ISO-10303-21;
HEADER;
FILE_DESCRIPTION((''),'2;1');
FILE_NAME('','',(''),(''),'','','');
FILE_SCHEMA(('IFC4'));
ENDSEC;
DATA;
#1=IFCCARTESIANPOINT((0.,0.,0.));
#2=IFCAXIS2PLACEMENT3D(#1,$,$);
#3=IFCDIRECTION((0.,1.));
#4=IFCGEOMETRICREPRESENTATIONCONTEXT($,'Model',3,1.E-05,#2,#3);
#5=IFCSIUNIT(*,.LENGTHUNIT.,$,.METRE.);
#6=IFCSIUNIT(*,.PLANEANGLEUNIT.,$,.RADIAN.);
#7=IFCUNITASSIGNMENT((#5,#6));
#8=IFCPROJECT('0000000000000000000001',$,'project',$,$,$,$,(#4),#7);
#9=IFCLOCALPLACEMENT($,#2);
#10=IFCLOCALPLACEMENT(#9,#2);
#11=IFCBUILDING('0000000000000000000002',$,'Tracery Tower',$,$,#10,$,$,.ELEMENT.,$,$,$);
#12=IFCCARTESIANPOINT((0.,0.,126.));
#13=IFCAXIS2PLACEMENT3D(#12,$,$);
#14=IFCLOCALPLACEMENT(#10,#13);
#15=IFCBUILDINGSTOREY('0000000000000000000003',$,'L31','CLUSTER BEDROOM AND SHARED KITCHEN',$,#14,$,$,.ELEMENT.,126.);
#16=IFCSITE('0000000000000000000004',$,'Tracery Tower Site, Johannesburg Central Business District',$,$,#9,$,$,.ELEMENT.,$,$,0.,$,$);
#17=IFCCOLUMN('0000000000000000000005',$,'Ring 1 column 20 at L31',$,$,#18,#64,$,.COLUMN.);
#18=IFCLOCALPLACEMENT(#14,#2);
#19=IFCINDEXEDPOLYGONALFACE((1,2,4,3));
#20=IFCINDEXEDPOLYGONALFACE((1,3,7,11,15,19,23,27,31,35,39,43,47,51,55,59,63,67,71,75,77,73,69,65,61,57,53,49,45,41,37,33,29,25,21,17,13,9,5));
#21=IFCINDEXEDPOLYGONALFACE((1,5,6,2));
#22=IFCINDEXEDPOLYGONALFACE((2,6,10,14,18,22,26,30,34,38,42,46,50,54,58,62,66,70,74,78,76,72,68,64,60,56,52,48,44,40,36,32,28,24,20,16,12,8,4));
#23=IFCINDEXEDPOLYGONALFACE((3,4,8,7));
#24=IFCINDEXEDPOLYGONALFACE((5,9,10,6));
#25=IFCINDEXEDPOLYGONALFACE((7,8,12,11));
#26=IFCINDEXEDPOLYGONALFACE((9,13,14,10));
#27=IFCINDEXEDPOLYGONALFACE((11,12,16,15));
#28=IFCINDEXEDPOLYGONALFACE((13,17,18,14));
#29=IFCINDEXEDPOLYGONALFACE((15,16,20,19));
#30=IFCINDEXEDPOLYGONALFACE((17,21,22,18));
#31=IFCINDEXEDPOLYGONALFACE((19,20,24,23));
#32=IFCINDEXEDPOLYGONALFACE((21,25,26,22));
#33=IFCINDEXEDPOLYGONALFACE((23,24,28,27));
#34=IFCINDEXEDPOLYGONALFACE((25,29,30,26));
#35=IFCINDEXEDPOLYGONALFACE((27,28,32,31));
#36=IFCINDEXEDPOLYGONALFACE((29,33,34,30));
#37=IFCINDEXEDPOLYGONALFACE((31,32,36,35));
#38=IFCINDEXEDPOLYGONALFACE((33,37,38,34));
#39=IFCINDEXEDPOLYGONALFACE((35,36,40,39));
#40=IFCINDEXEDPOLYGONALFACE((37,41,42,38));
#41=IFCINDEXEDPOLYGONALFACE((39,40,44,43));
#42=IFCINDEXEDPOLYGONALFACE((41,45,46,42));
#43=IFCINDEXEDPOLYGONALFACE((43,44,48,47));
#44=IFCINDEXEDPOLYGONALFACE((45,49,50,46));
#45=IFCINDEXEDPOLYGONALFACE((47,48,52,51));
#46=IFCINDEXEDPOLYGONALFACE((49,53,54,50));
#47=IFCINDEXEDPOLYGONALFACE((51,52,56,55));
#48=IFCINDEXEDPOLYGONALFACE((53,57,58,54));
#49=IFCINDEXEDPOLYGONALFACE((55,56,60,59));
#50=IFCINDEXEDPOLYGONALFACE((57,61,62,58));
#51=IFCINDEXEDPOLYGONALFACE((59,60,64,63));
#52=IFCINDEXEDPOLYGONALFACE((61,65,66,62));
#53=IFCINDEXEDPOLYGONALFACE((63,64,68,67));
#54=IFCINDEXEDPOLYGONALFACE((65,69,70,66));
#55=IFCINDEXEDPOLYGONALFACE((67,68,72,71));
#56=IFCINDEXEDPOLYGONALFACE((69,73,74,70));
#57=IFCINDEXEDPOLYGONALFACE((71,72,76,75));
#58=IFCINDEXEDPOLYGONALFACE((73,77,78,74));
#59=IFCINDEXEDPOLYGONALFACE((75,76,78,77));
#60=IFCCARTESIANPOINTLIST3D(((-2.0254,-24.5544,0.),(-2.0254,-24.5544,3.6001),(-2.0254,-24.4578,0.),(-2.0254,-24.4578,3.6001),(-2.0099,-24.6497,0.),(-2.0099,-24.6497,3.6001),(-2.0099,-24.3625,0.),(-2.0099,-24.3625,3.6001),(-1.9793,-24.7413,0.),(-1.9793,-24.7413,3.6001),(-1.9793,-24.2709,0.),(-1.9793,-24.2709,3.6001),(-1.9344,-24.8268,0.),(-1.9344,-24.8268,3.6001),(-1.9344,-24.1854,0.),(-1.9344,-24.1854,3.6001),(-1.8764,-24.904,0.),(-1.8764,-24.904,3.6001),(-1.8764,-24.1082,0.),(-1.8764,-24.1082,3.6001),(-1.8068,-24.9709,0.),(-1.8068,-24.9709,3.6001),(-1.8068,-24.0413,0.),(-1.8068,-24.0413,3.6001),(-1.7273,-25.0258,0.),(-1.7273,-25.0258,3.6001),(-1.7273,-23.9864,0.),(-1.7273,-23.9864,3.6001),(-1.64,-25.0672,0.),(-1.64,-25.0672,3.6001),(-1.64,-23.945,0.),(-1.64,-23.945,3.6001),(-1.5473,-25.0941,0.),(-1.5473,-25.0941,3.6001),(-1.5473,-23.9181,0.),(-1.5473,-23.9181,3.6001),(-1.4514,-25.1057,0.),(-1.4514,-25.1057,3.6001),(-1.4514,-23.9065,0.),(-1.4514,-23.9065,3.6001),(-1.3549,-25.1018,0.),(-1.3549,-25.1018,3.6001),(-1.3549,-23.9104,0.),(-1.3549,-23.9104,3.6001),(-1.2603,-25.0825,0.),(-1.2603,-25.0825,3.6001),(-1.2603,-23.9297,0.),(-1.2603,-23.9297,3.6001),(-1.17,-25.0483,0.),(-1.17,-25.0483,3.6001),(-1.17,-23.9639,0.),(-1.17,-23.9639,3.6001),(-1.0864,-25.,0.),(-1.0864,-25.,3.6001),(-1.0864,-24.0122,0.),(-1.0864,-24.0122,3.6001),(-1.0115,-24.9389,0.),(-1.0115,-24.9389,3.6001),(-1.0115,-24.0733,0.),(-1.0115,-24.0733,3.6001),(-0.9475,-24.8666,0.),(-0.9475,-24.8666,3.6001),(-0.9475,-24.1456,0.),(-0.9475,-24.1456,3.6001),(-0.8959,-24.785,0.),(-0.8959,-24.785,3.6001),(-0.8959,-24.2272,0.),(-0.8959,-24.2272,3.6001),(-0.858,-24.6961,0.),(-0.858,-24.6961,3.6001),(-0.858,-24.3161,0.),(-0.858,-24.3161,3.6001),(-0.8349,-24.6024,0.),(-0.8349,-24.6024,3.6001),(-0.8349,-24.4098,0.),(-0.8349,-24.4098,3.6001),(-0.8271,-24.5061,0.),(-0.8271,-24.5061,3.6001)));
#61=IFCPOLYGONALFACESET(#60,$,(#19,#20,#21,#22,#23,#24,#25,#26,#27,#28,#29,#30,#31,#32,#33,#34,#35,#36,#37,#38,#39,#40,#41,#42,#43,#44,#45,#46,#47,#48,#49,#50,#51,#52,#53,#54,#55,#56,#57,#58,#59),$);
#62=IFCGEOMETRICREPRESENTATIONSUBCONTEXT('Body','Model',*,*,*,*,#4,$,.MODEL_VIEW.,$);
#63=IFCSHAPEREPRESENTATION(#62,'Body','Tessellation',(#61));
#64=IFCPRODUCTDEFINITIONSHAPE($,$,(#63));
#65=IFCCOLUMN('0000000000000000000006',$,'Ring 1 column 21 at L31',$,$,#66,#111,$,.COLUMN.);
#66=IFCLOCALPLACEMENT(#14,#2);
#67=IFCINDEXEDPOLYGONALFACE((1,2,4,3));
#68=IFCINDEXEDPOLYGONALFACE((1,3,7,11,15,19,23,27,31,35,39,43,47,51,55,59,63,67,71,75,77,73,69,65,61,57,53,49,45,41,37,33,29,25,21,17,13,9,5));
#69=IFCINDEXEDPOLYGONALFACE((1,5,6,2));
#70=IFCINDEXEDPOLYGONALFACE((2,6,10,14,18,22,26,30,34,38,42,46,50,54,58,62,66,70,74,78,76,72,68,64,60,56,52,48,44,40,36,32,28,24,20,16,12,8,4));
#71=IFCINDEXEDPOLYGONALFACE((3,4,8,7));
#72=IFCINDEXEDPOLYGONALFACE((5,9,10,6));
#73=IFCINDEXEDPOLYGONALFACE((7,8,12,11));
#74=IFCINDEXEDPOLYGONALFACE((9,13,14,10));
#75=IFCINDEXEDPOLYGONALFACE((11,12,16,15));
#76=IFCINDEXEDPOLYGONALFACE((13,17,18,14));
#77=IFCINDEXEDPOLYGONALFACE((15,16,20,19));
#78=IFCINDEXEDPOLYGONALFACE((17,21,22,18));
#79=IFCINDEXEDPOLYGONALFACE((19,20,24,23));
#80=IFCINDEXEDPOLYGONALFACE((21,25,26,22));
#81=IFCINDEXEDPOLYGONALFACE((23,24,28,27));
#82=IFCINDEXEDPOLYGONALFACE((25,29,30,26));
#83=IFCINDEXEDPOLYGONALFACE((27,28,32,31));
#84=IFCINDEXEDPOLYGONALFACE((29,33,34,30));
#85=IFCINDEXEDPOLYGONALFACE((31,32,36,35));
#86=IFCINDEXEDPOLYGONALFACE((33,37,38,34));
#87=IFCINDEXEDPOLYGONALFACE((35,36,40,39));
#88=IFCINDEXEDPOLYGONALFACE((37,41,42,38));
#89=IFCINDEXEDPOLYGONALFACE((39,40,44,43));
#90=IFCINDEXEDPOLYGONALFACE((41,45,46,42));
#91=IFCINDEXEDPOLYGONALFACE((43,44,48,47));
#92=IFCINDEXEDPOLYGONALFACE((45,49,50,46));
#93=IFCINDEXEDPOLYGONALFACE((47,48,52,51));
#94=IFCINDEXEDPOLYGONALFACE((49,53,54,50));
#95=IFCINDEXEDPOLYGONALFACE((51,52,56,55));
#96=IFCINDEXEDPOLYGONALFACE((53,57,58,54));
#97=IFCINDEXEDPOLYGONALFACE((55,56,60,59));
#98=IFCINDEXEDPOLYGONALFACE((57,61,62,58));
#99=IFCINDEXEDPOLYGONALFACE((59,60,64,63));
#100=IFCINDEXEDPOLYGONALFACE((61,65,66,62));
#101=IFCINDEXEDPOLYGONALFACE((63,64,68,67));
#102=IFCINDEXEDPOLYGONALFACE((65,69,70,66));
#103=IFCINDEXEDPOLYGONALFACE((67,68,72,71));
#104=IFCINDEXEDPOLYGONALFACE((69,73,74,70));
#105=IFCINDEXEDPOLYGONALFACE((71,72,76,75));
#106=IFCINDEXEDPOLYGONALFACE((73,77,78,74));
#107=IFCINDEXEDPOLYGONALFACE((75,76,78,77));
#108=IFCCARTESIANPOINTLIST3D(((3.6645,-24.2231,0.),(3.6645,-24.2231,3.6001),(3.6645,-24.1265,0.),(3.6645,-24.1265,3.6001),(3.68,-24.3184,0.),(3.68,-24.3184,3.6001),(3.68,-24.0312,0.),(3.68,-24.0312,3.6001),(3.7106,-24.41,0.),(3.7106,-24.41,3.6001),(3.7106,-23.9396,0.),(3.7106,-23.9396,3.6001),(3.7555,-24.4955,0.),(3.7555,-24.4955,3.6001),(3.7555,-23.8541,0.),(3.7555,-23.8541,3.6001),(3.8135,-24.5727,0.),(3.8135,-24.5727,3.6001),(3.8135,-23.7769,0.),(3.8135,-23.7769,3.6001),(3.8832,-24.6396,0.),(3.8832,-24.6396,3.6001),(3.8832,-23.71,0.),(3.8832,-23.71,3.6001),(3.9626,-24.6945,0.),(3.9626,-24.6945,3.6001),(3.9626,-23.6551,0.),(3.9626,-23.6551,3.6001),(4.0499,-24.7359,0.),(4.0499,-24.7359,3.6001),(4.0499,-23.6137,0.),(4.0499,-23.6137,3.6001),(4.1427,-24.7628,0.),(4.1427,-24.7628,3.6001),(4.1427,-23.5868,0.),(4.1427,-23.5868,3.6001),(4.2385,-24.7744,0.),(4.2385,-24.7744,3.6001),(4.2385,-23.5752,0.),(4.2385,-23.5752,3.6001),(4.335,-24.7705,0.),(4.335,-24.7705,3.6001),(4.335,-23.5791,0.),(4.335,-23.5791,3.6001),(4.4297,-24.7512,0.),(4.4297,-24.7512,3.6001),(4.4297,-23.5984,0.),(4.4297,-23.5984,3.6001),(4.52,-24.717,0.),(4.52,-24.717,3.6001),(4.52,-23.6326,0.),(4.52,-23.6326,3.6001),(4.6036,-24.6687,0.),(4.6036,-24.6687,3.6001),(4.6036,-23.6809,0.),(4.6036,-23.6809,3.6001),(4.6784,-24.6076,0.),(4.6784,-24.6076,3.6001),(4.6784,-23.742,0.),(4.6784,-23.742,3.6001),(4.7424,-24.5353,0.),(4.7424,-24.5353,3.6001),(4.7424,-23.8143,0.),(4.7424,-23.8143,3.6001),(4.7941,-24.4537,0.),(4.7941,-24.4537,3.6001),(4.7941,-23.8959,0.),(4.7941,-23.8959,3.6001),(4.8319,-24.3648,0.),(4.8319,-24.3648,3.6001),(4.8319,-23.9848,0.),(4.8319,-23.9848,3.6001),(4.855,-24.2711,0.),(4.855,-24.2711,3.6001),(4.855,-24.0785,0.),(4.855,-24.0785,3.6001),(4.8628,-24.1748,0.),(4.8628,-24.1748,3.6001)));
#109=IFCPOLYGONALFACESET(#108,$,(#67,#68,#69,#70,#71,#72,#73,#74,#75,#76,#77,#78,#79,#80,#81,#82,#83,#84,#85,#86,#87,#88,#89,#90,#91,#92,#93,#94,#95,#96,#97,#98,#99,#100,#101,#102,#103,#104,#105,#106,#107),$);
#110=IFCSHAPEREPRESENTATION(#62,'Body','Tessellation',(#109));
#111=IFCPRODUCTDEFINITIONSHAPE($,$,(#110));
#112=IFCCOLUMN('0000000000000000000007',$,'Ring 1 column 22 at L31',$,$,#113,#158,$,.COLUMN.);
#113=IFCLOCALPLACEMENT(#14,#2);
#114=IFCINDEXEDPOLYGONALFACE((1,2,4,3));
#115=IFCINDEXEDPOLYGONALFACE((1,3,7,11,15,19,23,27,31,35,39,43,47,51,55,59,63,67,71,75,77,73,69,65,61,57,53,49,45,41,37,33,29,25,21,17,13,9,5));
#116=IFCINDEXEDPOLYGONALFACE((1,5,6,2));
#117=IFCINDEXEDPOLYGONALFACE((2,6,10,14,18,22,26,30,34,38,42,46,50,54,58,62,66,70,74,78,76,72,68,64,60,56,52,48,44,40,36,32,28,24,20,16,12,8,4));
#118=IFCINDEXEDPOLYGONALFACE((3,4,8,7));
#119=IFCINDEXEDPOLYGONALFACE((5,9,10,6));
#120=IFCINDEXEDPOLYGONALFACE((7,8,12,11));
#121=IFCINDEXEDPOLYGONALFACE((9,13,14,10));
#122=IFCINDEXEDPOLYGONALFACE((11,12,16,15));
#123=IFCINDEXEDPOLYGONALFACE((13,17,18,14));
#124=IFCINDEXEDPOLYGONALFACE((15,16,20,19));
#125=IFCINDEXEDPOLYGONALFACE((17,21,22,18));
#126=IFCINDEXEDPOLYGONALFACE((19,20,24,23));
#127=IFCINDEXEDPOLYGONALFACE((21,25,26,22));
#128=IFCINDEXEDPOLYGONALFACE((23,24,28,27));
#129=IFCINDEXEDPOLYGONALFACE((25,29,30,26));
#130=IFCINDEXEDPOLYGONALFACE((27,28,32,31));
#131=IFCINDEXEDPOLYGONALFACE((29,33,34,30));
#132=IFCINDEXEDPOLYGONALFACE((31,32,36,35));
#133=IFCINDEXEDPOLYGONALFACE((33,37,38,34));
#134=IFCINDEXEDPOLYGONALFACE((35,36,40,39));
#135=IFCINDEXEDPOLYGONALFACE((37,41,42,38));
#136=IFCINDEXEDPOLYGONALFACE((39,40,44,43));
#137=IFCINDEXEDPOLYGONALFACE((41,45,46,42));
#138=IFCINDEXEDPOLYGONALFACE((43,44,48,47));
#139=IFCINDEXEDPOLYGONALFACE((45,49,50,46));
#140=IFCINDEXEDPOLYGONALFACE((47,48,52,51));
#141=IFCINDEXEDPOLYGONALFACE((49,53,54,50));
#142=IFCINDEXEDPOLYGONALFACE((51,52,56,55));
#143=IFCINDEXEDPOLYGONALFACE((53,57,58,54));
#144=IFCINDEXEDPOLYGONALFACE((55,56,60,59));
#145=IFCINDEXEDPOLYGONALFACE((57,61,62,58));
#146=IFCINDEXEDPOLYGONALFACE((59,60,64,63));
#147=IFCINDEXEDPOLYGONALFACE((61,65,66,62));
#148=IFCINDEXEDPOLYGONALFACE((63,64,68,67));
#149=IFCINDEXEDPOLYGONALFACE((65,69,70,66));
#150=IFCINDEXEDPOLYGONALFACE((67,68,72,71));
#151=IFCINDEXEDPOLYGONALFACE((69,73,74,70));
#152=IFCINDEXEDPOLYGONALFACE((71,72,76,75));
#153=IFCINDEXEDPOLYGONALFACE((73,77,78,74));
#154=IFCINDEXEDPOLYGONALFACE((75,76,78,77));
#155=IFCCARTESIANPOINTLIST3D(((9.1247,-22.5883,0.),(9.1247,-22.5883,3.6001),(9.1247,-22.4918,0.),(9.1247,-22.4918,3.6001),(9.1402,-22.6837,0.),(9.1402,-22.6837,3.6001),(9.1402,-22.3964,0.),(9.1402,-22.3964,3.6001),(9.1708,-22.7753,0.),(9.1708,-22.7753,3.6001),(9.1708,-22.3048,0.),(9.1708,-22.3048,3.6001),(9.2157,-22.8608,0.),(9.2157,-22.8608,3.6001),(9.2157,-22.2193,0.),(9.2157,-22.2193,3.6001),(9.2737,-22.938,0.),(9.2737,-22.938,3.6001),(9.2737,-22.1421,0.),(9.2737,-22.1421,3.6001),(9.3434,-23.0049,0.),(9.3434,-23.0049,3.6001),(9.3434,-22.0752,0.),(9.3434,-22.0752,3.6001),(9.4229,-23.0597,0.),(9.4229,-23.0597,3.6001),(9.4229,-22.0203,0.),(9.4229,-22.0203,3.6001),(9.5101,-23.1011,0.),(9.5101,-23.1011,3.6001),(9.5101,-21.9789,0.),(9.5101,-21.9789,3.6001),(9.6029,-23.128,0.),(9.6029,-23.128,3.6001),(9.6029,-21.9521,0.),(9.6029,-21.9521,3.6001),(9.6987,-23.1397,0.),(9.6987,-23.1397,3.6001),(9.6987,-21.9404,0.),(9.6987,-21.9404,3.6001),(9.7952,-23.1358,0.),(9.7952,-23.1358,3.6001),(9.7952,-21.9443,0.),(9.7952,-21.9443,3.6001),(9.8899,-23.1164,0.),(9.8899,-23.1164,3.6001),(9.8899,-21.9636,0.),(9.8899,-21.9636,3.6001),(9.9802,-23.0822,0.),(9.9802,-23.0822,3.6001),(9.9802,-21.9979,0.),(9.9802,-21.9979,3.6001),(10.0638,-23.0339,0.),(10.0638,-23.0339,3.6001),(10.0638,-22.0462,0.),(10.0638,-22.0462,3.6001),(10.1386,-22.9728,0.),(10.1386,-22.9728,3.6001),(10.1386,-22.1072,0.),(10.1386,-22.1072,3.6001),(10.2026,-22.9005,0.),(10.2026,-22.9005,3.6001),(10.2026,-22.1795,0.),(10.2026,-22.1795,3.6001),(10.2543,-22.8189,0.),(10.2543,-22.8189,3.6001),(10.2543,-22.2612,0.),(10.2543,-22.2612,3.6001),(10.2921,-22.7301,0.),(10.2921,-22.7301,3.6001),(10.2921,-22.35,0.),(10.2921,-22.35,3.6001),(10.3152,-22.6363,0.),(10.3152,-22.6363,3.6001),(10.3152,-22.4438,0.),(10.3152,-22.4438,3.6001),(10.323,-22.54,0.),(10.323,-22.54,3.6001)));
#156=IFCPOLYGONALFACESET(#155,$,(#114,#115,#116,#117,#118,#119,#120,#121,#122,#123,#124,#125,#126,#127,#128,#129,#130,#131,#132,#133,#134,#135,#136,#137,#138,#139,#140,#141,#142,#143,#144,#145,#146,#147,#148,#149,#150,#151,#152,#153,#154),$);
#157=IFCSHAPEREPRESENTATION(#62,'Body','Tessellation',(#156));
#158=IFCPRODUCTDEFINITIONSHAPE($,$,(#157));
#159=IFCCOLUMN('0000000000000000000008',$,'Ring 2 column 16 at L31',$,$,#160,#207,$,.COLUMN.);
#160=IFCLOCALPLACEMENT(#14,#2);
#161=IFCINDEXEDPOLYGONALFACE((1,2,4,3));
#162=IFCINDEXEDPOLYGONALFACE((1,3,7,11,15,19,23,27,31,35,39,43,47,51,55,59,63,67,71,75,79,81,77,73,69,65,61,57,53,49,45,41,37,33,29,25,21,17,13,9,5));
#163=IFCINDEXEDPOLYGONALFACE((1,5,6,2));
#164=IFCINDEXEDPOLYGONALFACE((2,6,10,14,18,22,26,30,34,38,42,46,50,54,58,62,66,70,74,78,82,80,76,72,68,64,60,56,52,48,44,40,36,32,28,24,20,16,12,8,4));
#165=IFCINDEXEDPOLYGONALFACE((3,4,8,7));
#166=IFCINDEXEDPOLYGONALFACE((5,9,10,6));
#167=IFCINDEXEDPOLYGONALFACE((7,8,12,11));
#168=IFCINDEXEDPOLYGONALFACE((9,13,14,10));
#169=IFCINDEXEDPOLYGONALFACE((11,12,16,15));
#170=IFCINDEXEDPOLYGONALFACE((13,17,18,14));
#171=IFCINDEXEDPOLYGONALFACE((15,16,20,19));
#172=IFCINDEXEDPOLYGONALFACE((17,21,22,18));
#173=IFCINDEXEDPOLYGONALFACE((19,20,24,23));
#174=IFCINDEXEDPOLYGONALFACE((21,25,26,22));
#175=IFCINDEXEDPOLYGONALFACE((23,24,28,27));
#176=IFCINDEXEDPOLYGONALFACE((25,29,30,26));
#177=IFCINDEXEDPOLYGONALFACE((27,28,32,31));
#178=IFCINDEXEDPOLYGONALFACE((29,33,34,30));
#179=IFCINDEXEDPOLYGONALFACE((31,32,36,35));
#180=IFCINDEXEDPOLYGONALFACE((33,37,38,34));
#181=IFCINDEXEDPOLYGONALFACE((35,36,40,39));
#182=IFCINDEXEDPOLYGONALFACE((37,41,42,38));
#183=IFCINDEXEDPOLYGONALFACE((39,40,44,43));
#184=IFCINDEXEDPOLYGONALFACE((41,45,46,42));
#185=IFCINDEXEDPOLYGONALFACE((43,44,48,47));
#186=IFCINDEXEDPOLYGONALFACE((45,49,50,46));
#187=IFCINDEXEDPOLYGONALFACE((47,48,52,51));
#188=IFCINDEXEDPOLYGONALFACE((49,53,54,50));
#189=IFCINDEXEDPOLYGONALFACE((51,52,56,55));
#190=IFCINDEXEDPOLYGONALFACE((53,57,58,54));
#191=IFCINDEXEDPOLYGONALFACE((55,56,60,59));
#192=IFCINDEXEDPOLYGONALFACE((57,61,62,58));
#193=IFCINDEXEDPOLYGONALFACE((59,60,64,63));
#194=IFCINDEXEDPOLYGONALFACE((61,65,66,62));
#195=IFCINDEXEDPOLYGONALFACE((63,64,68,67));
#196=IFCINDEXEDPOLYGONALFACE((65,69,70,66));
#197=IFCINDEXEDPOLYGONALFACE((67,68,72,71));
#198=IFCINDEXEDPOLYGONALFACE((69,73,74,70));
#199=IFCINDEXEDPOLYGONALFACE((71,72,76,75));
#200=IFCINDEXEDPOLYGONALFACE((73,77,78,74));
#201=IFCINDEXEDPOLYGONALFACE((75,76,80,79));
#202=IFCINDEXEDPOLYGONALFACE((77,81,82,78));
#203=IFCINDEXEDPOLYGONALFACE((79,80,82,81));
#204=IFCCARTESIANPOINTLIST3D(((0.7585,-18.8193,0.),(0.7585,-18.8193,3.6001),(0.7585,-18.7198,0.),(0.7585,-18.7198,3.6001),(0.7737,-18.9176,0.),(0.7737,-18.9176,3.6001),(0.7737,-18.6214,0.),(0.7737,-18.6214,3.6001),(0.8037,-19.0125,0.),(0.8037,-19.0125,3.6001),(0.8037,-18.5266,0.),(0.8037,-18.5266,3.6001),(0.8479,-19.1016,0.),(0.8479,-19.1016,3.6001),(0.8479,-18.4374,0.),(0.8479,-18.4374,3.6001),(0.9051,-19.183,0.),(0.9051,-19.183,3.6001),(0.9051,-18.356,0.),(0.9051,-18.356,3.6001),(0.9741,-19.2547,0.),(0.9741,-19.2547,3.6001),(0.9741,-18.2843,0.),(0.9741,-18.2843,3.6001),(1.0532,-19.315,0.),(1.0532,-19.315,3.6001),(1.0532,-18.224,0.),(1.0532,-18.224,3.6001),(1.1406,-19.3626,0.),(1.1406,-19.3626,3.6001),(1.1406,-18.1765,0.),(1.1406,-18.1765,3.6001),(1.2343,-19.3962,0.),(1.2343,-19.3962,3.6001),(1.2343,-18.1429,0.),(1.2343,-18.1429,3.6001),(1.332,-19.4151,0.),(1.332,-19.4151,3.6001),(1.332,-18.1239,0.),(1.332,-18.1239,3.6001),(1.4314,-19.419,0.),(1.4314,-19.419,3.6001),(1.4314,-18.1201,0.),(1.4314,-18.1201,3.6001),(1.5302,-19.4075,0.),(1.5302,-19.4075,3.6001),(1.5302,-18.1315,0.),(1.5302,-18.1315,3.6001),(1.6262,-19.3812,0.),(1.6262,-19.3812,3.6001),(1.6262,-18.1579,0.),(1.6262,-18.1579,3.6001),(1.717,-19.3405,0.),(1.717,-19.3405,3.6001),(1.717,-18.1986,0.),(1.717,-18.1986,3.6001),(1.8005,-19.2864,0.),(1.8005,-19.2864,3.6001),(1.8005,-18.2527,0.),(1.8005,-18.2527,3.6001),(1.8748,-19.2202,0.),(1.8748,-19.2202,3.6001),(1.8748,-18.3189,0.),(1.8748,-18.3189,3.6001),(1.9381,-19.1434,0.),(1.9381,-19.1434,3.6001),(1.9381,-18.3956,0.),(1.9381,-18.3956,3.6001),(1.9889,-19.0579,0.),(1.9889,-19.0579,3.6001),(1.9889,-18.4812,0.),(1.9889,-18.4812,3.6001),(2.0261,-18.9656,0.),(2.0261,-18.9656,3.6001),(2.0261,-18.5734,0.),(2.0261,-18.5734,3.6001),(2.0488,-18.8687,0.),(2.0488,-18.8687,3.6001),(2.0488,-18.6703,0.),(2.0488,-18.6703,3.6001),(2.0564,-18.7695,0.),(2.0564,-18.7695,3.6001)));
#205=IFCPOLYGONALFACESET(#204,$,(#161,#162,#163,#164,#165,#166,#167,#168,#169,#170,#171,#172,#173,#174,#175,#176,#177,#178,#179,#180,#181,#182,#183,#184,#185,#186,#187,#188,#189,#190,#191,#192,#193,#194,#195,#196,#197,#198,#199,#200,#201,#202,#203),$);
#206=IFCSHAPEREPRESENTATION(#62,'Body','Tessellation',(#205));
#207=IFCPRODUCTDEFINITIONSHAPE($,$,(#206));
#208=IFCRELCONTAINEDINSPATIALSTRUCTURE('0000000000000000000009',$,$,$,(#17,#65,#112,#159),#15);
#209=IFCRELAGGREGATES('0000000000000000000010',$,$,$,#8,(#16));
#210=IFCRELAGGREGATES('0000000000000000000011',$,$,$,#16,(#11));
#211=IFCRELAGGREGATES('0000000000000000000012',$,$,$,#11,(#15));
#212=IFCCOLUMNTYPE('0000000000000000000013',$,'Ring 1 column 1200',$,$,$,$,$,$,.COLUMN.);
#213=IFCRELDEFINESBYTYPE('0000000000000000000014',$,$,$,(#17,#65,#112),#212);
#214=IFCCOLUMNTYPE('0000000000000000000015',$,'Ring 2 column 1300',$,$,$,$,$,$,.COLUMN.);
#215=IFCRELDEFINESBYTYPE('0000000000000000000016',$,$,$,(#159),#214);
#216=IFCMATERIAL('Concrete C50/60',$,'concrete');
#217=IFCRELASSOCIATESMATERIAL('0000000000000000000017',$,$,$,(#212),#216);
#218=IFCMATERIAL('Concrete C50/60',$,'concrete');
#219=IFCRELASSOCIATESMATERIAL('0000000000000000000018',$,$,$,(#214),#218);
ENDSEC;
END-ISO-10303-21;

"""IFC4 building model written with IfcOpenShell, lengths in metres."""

from ifc_helpers import new_model, si_unit, direction, frame, origin, origin_2d, place, context, subcontext, project, spatial, circle, extrude, material, material_profile, profile_set, type_object, element, save


model = new_model("IFC4")

# Units and contexts
model_context = context("Model", 3, precision=1e-05, world=origin(), true_north=direction((0.0, 1.0)))
body_context = subcontext(model_context, "Body", "Model", "MODEL_VIEW")
ifc_project = project(units=[si_unit("LENGTHUNIT", "METRE"), si_unit("PLANEANGLEUNIT", "RADIAN")], contexts=[model_context])

# Site, building, storey
site_placement = place(None, origin())
site = spatial("IfcSite", under=ifc_project, at=site_placement, Name="Tracery Tower Site, Johannesburg Central Business District", CompositionType="ELEMENT", RefElevation=0.0)
building_placement = place(site_placement, origin())
building = spatial("IfcBuilding", under=site, at=building_placement, Name="Tracery Tower", CompositionType="ELEMENT")
storey_placement = place(building_placement, frame((0.0, 0.0, 126.0)))
storey = spatial("IfcBuildingStorey", under=building, at=storey_placement, Name="L31", Description="CLUSTER BEDROOM AND SHARED KITCHEN", CompositionType="ELEMENT", Elevation=126.0)

# Columns
ifc_material_1 = material(Name="Concrete C50/60", Category="concrete")
ifc_material_profile_1 = material_profile(ifc_material_1, circle(Radius=0.6001, at=origin_2d()), Name="RC D1200")
ifc_profile_set_1 = profile_set([ifc_material_profile_1], Name="Concrete C50/60")
column_type_1 = type_object("IfcColumnType", Name="Ring 1 column 1200", PredefinedType="COLUMN", material=ifc_profile_set_1)
for number, where, z_axis, x_axis, name in (
    (1, (-1.4272, -24.5061, 0.0), (0.0, 0.0, 1.0), (1.0, 0.0, 0.0), "Ring 1 column 20 at L31"),
    (2, (4.2627, -24.1748, 0.0), (0.0, 0.0, 1.0), (1.0, 0.0, 0.0), "Ring 1 column 21 at L31"),
    (3, (9.7229, -22.54, 0.0), (0.0, 0.0, 1.0), (1.0, 0.0, 0.0), "Ring 1 column 22 at L31"),
):
    element("IfcColumn", number, at=place(storey_placement, frame(where, z_axis=z_axis, x_axis=x_axis)), inside=storey, type_object=column_type_1, Name=name, PredefinedType="COLUMN", context=body_context, shape_type="SweptSolid", body=[
        extrude(circle(Radius=0.6001, at=origin_2d()), origin(), (0.0, 0.0, 1.0), 3.6001),
    ])
ifc_material_2 = material(Name="Concrete C50/60", Category="concrete")
ifc_material_profile_2 = material_profile(ifc_material_2, circle(Radius=0.6499, at=origin_2d()), Name="RC D1300")
ifc_profile_set_2 = profile_set([ifc_material_profile_2], Name="Concrete C50/60")
column_type_2 = type_object("IfcColumnType", Name="Ring 2 column 1300", PredefinedType="COLUMN", material=ifc_profile_set_2)
for number, where, z_axis, x_axis, name in (
    (4, (1.4065, -18.7695, 0.0), (0.0, 0.0, 1.0), (1.0, 0.0, 0.0), "Ring 2 column 16 at L31"),
):
    element("IfcColumn", number, at=place(storey_placement, frame(where, z_axis=z_axis, x_axis=x_axis)), inside=storey, type_object=column_type_2, Name=name, PredefinedType="COLUMN", context=body_context, shape_type="SweptSolid", body=[
        extrude(circle(Radius=0.6499, at=origin_2d()), origin(), (0.0, 0.0, 1.0), 3.6001),
    ])

save(model, "model.ifc")
